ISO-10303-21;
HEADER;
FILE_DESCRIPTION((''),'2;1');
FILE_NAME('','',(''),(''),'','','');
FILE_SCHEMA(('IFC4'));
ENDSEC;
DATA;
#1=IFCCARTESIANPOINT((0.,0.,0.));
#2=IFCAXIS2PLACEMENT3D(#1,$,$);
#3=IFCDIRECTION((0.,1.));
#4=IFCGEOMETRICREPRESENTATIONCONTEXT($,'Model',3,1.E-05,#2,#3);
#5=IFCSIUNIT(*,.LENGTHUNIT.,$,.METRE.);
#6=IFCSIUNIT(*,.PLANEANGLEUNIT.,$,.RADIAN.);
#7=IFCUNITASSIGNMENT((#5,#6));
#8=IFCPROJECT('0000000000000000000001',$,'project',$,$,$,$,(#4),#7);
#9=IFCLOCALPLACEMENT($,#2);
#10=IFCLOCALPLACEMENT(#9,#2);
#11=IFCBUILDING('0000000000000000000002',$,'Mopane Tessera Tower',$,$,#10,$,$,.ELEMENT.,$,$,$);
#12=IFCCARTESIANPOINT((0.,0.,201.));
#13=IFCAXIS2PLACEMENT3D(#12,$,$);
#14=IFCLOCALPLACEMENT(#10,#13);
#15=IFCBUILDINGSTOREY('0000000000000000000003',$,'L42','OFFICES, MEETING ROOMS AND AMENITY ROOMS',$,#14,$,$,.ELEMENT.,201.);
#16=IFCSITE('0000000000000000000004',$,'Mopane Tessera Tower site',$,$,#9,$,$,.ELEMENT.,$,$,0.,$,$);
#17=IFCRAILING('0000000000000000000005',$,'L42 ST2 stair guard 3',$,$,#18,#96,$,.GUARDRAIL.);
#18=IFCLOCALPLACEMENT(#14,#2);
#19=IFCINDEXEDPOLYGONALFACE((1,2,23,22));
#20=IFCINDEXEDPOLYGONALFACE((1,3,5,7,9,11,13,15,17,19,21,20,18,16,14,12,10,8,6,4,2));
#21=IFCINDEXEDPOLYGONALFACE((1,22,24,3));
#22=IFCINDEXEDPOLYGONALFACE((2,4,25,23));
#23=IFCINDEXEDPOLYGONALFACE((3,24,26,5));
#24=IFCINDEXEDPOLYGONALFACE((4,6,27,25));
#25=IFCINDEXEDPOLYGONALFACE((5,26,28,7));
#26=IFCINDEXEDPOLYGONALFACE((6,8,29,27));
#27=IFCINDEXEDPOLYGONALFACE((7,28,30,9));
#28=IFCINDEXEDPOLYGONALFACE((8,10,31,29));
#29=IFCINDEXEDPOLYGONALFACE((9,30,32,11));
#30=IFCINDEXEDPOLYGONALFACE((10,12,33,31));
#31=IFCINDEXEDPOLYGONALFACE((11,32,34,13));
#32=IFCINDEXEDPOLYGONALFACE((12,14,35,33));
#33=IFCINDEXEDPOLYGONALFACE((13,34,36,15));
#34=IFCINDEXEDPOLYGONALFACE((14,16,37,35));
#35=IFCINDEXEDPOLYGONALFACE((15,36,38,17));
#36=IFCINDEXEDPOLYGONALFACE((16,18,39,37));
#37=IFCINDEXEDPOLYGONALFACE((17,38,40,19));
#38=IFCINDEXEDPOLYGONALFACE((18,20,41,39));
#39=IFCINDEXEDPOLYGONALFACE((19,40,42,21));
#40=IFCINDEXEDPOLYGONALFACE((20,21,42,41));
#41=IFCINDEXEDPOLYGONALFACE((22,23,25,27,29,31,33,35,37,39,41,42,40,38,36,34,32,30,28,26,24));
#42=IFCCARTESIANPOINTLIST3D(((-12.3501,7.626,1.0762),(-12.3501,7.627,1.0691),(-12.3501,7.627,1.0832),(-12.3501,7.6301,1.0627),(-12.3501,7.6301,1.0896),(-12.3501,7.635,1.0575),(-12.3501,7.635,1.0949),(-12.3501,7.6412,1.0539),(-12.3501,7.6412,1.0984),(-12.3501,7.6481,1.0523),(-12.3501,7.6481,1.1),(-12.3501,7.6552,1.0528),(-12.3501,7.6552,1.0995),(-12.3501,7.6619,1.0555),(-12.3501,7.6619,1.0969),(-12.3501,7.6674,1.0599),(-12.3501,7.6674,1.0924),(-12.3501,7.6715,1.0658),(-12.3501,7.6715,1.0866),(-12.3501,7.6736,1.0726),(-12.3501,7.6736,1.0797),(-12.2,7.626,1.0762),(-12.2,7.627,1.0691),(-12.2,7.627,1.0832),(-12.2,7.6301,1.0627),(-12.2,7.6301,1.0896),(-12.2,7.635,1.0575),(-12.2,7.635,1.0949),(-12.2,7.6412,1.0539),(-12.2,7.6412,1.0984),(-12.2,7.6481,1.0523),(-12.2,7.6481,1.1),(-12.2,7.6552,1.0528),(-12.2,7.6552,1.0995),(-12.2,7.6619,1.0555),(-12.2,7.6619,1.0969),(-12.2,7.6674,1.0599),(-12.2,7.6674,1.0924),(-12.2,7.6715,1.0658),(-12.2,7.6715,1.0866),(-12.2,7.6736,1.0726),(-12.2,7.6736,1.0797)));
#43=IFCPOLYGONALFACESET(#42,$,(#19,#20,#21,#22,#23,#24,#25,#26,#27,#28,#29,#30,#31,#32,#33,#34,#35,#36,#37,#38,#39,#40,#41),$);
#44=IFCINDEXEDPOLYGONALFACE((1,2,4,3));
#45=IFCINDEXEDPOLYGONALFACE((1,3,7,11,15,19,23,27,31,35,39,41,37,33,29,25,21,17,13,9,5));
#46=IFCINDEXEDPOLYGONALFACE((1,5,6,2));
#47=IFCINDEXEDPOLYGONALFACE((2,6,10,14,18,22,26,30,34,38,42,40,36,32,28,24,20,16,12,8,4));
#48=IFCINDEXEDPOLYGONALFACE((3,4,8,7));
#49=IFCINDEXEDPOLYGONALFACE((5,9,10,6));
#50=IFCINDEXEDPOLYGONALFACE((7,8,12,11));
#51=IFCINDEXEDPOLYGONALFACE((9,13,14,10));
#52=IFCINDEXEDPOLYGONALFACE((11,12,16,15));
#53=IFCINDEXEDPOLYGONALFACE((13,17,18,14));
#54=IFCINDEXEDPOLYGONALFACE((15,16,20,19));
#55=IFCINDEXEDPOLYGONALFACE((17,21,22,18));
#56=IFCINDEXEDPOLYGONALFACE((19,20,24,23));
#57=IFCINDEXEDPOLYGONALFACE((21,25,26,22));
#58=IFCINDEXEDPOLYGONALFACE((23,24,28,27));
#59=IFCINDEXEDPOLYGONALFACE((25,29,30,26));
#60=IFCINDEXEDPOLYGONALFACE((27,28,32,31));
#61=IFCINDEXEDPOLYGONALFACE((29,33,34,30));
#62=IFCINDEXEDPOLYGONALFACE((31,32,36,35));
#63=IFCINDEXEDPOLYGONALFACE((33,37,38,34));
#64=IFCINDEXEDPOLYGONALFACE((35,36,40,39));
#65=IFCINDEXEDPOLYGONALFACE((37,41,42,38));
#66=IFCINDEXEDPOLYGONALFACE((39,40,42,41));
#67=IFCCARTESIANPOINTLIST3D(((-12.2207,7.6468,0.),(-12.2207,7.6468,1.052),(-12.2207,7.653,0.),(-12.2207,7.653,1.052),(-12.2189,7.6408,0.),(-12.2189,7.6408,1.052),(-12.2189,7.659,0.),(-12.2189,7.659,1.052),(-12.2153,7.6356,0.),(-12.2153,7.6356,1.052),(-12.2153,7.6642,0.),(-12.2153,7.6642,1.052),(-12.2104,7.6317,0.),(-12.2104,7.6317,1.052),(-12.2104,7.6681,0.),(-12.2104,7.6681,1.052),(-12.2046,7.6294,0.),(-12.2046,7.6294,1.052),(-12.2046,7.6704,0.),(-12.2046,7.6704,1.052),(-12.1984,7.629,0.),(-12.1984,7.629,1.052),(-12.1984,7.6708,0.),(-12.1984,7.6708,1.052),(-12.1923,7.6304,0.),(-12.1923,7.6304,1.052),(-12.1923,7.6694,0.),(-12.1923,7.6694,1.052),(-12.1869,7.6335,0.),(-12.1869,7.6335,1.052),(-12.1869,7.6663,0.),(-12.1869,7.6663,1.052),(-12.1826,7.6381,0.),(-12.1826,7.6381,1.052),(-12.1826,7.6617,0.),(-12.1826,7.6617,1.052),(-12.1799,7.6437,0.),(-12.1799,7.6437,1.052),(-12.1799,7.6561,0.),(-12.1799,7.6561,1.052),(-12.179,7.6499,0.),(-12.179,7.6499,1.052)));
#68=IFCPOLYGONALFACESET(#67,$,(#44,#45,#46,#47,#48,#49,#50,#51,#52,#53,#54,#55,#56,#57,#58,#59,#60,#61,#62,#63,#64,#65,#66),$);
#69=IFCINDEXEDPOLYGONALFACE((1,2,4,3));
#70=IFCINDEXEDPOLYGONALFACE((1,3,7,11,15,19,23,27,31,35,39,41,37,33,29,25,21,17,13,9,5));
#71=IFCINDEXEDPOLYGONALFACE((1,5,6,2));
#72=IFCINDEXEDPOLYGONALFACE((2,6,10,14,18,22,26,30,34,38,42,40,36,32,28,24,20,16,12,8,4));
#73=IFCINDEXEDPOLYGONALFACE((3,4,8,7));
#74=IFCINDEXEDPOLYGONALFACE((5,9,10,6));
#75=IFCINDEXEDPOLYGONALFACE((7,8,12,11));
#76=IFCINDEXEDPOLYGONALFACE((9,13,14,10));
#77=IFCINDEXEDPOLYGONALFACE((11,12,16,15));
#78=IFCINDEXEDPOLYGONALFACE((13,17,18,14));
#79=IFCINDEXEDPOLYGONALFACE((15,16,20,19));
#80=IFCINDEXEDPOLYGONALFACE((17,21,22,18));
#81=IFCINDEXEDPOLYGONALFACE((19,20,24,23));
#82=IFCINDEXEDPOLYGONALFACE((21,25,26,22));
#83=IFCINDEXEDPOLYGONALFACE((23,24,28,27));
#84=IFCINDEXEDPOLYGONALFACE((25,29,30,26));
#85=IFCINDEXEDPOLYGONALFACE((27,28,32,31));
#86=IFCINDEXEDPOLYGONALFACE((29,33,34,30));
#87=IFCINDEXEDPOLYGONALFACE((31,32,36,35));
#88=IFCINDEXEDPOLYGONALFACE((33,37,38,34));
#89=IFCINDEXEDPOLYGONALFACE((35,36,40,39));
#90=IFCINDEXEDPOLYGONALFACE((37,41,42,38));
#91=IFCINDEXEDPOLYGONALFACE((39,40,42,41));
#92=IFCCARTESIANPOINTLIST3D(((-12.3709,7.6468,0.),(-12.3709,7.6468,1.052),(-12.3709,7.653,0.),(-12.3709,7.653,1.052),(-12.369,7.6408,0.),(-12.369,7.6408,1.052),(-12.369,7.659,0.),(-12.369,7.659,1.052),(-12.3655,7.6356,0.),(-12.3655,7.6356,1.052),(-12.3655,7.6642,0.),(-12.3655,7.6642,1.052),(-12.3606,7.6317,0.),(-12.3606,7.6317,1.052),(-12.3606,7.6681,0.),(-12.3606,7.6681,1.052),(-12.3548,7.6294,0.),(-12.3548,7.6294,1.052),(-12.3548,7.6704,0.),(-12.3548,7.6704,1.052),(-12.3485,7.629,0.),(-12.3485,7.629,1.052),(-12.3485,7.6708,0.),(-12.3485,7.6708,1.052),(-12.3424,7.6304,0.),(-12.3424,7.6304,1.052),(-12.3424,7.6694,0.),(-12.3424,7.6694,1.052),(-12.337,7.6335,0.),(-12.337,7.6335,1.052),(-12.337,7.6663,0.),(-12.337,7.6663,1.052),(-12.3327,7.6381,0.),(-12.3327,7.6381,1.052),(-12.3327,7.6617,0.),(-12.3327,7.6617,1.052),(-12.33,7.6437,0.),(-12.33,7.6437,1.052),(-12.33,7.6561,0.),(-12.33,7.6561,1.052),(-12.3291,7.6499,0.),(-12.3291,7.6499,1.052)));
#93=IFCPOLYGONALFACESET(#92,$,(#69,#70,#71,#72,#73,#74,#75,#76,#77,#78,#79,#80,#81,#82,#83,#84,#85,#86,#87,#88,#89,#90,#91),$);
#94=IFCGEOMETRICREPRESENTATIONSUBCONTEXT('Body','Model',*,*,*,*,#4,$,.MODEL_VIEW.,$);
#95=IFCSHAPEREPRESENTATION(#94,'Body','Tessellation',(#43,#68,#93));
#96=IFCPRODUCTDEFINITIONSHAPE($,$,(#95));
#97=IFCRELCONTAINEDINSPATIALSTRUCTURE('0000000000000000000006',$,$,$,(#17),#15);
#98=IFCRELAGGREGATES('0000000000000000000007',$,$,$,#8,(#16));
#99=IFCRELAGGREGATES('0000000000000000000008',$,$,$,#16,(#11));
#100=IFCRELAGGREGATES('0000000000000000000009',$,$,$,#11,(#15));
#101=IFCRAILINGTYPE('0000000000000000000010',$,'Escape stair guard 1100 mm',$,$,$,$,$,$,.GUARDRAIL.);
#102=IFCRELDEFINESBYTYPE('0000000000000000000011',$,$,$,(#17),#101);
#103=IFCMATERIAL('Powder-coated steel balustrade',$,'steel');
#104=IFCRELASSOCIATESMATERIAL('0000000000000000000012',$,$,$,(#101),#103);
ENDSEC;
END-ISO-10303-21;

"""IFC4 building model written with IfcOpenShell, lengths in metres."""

from ifc_helpers import new_model, si_unit, direction, frame, origin, origin_2d, place, context, subcontext, project, spatial, circle, extrude, material, type_object, element, save


model = new_model("IFC4")

# Units and contexts
model_context = context("Model", 3, precision=1e-05, world=origin(), true_north=direction((0.0, 1.0)))
body_context = subcontext(model_context, "Body", "Model", "MODEL_VIEW")
ifc_project = project(units=[si_unit("LENGTHUNIT", "METRE"), si_unit("PLANEANGLEUNIT", "RADIAN")], contexts=[model_context])

# Site, building, storey
site_placement = place(None, origin())
site = spatial("IfcSite", under=ifc_project, at=site_placement, Name="Mopane Tessera Tower site", CompositionType="ELEMENT", RefElevation=0.0)
building_placement = place(site_placement, origin())
building = spatial("IfcBuilding", under=site, at=building_placement, Name="Mopane Tessera Tower", CompositionType="ELEMENT")
storey_placement = place(building_placement, frame((0.0, 0.0, 201.0)))
storey = spatial("IfcBuildingStorey", under=building, at=storey_placement, Name="L42", Description="OFFICES, MEETING ROOMS AND AMENITY ROOMS", CompositionType="ELEMENT", Elevation=201.0)

# Railing
ifc_material_1 = material(Name="Powder-coated steel balustrade", Category="steel")
railing_type_1 = type_object("IfcRailingType", Name="Escape stair guard 1100 mm", PredefinedType="GUARDRAIL", material=ifc_material_1)
railing_1_placement = place(storey_placement, frame((-12.2, 7.6499, 0.0)))
element("IfcRailing", 1, at=railing_1_placement, inside=storey, type_object=railing_type_1, Name="L42 ST2 stair guard 3", PredefinedType="GUARDRAIL", context=body_context, shape_type="SweptSolid", body=[
    extrude(circle(Radius=0.0239, at=origin_2d()), frame((0.0, 0.0, 1.0762), z_axis=(-1.0, 0.0, 0.0), x_axis=(0.0, -1.0, 0.0)), (0.0, 0.0, 1.0), 0.1501),
    extrude(circle(Radius=0.021, at=origin_2d()), origin(), (0.0, 0.0, 1.0), 1.052),
    extrude(circle(Radius=0.021, at=origin_2d()), frame((-0.1501, 0.0, 0.0)), (0.0, 0.0, 1.0), 1.052),
])

save(model, "model.ifc")
